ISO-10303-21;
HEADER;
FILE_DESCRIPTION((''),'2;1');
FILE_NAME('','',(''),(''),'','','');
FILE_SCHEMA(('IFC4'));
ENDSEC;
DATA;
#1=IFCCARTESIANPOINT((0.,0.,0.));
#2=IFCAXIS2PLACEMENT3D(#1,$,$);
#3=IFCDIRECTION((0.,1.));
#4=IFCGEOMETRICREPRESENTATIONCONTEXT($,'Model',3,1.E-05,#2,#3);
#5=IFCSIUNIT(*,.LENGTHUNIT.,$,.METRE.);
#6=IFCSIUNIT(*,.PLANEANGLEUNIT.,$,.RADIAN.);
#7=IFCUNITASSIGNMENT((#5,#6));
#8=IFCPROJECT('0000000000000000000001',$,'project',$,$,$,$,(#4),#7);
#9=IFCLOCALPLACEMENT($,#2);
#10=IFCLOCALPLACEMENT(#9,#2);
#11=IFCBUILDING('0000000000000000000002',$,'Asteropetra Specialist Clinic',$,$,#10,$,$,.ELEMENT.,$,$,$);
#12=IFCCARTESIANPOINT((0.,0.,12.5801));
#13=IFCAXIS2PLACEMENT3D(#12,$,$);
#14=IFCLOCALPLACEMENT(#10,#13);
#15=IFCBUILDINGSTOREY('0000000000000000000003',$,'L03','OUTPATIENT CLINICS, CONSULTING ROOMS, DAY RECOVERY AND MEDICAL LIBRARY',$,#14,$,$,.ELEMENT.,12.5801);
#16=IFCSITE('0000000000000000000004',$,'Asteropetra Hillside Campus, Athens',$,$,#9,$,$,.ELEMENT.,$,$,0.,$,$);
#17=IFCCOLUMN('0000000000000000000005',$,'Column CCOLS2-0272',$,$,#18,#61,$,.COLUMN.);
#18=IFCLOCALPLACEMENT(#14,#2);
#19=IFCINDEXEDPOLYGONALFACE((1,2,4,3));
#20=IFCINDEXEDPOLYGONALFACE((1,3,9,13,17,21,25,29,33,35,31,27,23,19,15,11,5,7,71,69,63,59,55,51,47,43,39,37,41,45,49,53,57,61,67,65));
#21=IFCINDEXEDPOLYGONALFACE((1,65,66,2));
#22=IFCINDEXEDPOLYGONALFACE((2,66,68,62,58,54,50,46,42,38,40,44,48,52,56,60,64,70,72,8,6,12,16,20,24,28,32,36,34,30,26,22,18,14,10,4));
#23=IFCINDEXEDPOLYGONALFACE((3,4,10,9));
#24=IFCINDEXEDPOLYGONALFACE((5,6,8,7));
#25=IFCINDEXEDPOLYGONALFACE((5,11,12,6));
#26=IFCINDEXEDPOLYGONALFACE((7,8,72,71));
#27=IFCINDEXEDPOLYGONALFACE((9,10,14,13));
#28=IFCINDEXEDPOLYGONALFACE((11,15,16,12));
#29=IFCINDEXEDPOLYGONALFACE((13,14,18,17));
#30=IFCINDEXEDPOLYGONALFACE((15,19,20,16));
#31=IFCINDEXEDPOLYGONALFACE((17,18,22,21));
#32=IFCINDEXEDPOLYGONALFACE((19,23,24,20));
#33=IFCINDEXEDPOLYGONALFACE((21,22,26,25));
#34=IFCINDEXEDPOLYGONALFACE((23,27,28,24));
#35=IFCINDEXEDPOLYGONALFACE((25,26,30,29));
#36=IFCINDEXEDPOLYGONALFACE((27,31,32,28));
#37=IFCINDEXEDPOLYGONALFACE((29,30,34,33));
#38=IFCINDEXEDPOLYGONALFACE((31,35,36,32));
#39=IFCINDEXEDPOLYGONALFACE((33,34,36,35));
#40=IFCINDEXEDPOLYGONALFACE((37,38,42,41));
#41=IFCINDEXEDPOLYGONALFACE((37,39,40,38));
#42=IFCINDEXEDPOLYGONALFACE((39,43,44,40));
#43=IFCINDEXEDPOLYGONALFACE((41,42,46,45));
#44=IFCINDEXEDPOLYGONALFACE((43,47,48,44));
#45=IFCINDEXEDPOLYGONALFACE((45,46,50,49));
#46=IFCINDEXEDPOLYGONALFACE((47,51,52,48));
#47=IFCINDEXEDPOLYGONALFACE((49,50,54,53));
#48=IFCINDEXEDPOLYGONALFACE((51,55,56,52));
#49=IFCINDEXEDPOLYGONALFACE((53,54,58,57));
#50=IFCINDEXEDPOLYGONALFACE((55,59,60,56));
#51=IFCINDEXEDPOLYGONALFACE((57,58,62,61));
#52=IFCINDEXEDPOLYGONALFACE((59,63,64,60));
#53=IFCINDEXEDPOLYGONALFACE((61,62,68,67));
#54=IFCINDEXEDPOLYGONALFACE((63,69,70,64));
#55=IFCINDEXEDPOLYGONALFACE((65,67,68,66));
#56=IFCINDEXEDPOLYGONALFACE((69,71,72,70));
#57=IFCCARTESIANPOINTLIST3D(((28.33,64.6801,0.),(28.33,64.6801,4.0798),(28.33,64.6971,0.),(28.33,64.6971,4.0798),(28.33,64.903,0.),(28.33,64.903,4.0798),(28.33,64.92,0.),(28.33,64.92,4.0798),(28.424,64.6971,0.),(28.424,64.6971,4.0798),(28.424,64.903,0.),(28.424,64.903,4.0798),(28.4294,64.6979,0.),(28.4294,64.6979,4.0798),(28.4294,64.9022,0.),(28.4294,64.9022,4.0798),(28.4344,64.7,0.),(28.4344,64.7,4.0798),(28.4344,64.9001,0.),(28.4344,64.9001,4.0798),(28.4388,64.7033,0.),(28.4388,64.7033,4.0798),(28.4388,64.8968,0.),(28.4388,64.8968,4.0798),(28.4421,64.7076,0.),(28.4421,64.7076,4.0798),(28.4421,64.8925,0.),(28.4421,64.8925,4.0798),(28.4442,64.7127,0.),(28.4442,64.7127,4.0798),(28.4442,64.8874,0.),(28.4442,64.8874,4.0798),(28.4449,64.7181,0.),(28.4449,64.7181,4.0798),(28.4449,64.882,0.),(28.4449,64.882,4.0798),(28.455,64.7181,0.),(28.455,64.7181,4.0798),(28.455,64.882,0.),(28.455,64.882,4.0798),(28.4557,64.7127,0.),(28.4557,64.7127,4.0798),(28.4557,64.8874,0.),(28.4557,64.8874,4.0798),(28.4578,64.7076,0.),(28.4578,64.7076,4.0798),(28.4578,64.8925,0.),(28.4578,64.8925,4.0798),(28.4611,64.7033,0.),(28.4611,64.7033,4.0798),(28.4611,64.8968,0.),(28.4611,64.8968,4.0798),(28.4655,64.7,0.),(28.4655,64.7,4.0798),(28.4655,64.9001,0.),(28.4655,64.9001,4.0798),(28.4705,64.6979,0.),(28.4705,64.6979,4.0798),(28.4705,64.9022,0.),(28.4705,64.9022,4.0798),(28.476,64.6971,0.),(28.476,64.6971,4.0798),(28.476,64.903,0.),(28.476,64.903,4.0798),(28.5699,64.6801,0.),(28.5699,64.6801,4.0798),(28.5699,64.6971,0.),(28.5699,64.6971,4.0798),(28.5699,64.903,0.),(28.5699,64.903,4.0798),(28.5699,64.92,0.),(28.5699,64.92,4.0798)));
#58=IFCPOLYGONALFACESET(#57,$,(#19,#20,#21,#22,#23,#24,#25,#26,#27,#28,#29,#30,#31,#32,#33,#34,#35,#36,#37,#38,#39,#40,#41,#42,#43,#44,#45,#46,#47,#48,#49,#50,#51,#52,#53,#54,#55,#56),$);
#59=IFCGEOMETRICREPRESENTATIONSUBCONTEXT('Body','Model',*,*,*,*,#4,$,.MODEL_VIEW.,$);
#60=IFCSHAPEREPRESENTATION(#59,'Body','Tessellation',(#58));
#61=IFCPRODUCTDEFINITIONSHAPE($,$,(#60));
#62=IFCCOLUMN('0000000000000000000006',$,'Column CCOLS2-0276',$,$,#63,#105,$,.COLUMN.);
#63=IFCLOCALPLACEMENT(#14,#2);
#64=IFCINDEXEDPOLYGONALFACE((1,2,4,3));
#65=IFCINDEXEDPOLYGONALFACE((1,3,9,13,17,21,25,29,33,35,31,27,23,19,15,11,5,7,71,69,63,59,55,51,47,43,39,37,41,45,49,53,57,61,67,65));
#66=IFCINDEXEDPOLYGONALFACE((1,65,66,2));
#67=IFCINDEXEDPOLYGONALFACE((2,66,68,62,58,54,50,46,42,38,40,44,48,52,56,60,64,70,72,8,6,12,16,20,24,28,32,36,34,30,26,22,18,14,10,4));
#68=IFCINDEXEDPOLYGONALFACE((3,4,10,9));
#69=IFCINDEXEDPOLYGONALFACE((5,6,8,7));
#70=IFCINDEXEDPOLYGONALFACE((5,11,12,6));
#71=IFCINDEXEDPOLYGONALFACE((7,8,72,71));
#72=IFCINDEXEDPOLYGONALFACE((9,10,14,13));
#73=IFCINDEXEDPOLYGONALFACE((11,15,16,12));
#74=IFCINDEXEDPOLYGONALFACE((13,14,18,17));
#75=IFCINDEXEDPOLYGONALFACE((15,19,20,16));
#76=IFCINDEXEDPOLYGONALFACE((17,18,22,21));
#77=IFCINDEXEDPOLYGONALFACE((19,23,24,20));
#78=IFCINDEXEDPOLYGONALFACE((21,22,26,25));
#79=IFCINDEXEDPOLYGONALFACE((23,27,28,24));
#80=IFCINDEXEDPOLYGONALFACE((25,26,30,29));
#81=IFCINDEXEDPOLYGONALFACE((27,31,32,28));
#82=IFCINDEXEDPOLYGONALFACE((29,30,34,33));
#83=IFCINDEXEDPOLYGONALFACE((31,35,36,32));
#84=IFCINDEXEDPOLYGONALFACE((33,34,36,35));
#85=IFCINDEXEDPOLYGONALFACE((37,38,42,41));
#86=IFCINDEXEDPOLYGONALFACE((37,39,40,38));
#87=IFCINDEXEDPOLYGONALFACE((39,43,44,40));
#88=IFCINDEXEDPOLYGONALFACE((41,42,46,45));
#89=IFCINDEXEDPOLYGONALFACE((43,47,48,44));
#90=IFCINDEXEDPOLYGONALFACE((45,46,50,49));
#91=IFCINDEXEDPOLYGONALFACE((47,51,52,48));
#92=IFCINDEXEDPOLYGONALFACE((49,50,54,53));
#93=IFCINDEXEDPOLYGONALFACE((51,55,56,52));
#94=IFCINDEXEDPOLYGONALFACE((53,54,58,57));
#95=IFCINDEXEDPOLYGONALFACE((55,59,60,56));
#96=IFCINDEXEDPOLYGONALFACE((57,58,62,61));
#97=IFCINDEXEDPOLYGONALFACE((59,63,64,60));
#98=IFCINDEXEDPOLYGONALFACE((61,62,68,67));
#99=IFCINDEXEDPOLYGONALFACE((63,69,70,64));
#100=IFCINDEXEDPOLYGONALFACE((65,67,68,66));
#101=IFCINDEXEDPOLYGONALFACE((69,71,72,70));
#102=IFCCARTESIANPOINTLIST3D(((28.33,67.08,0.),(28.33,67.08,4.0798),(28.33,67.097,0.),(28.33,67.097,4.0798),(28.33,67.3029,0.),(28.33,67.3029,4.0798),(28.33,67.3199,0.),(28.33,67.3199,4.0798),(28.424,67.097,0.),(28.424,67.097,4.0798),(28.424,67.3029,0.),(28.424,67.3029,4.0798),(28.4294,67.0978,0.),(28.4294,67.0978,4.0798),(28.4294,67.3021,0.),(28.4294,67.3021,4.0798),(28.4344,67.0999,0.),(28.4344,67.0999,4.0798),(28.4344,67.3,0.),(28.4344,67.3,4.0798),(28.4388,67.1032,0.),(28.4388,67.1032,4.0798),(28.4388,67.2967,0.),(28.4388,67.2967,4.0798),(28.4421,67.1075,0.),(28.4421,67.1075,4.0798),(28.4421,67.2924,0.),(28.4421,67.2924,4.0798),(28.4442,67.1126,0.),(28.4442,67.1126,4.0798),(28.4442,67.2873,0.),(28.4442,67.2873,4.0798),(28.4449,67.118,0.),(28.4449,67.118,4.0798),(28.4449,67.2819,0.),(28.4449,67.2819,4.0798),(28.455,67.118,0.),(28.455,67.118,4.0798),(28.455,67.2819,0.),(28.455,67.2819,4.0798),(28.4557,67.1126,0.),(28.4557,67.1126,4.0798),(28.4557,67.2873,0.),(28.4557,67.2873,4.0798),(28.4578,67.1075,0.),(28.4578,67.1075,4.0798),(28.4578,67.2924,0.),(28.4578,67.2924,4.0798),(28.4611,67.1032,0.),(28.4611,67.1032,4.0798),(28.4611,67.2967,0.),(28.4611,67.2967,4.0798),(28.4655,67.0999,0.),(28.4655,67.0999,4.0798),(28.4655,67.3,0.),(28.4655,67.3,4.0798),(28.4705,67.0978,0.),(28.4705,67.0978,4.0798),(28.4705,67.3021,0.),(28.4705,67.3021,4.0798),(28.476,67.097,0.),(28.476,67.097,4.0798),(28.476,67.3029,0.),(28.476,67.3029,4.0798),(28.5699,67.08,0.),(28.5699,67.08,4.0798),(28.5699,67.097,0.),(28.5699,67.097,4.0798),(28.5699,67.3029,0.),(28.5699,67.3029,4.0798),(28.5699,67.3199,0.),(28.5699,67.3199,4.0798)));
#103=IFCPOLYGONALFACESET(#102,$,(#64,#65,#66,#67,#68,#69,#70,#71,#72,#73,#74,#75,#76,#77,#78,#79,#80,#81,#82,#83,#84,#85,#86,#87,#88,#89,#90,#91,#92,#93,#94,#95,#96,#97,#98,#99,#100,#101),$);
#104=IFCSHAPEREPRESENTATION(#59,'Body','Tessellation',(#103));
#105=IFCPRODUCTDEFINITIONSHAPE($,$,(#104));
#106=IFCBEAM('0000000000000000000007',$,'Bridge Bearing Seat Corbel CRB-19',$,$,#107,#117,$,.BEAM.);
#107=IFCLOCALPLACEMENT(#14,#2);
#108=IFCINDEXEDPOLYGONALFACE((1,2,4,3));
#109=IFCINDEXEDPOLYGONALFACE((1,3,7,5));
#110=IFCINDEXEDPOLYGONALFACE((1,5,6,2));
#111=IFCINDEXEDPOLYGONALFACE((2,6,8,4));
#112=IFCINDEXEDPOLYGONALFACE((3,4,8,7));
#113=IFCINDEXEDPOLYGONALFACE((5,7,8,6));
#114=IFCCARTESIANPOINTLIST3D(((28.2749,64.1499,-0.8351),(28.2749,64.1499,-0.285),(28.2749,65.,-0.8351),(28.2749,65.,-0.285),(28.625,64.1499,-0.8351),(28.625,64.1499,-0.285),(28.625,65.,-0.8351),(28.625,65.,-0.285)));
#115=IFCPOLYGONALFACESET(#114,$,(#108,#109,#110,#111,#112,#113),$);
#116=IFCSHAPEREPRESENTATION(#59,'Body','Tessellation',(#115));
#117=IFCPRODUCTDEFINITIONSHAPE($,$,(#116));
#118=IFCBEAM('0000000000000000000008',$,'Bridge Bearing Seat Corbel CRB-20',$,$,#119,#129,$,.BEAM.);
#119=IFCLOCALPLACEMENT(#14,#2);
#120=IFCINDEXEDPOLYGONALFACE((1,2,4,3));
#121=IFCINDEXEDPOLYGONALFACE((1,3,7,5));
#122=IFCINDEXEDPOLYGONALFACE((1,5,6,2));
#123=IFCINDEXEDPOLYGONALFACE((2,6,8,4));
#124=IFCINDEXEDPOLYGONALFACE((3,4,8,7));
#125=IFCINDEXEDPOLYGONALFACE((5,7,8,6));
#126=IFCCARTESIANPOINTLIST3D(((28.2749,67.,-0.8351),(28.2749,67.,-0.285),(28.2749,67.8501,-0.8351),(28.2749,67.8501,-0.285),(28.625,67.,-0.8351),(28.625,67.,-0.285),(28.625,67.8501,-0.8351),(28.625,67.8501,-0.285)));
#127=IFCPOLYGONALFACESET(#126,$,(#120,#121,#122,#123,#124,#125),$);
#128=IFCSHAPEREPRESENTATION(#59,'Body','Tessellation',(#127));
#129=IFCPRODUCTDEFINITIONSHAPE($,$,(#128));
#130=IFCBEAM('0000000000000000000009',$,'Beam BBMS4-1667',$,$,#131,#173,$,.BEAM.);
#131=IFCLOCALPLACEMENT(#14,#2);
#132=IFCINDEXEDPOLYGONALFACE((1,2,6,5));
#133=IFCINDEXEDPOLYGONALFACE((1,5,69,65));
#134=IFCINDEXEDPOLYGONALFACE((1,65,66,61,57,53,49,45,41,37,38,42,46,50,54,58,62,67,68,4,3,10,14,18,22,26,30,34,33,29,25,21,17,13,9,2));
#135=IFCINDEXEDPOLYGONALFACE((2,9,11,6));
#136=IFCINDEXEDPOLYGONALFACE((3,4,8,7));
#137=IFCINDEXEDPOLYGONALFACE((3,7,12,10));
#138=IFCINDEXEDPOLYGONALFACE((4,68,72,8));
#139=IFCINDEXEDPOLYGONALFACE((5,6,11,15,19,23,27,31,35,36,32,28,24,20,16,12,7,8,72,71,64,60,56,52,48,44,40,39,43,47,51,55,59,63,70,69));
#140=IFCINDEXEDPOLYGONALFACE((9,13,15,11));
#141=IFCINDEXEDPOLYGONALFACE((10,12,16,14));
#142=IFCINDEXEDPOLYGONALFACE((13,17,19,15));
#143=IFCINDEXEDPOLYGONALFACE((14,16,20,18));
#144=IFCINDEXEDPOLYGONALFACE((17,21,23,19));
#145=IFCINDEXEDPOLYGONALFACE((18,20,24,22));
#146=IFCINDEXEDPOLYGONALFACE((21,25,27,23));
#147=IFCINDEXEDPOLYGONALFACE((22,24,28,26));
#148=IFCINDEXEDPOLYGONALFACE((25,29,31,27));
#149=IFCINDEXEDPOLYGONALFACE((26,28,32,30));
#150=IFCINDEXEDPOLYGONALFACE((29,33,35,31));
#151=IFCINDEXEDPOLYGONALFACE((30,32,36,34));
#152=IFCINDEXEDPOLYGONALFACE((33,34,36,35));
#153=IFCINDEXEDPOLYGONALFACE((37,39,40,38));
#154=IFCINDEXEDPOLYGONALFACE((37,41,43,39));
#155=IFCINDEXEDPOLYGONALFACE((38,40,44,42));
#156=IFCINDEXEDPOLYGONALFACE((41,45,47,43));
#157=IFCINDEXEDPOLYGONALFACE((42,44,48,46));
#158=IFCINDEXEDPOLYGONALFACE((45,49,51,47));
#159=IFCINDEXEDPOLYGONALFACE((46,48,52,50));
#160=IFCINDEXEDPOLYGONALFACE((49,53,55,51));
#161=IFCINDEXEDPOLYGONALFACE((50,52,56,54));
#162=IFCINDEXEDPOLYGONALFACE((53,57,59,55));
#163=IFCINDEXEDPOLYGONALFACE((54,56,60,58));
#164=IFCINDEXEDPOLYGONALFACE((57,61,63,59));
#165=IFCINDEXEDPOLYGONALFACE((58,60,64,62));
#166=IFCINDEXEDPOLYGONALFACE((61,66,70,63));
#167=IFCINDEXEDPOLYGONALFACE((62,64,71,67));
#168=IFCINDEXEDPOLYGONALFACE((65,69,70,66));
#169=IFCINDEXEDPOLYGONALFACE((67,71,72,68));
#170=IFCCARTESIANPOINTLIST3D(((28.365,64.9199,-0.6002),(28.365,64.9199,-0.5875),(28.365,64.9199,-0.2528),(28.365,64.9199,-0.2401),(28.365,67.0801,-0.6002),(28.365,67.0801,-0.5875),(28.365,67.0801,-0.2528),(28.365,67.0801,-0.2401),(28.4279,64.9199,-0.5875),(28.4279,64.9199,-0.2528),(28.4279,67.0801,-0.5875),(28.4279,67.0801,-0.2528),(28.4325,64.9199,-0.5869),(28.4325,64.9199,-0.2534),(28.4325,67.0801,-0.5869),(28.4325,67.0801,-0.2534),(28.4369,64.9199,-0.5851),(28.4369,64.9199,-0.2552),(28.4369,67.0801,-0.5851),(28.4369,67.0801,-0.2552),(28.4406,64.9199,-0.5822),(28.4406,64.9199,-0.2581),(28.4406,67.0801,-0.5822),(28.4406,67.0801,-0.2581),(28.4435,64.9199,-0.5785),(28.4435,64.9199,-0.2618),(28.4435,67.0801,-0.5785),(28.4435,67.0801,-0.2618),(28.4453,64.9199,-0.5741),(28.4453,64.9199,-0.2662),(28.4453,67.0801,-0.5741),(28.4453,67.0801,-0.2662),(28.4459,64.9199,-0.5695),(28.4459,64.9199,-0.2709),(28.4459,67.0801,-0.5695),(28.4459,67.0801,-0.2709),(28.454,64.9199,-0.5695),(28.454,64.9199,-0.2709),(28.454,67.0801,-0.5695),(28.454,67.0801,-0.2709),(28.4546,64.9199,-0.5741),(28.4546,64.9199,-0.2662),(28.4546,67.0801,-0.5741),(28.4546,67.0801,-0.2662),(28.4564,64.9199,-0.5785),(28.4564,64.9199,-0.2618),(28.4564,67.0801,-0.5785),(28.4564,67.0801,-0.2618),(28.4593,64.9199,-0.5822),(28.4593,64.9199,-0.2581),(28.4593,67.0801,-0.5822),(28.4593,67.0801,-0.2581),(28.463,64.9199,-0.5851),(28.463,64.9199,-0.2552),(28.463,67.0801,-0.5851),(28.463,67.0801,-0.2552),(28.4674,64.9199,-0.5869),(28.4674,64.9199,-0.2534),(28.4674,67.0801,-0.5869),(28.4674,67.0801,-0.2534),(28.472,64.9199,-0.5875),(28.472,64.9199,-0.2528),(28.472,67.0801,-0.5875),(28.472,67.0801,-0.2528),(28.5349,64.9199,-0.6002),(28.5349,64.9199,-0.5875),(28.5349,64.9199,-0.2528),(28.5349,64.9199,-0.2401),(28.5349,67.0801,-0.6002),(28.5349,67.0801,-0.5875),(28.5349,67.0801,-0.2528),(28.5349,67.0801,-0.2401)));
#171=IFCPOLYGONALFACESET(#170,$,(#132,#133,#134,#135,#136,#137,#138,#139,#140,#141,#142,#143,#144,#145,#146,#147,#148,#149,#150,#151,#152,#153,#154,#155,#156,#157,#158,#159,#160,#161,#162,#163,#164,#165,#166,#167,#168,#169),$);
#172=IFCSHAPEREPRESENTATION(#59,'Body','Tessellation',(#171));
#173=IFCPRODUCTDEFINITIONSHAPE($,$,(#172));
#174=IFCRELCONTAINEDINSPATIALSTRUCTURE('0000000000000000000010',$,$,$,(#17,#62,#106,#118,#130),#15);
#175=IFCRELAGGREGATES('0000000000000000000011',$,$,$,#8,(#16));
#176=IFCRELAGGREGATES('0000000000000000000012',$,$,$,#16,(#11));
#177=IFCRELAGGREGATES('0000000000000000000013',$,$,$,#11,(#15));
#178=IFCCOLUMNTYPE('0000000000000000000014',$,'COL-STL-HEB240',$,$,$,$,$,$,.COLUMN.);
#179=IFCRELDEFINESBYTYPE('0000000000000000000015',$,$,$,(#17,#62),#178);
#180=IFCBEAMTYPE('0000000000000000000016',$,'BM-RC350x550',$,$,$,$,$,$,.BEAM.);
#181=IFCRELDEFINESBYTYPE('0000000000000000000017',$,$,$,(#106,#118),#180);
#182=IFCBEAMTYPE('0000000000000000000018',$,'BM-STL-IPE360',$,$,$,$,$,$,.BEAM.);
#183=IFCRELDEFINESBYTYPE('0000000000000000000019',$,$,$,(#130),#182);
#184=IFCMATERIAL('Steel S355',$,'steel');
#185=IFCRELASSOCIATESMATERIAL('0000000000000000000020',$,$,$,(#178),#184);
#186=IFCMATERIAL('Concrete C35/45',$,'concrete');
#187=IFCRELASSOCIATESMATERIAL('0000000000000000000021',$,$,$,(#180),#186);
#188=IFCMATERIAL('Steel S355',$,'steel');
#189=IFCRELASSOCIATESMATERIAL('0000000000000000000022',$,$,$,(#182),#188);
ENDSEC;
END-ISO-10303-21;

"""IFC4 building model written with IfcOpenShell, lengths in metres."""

from ifc_helpers import new_model, si_unit, direction, frame, origin, origin_2d, place, context, subcontext, project, spatial, rectangle, i_section, extrude, material, material_profile, profile_set, type_object, element, save


model = new_model("IFC4")

# Units and contexts
model_context = context("Model", 3, precision=1e-05, world=origin(), true_north=direction((0.0, 1.0)))
body_context = subcontext(model_context, "Body", "Model", "MODEL_VIEW")
ifc_project = project(units=[si_unit("LENGTHUNIT", "METRE"), si_unit("PLANEANGLEUNIT", "RADIAN")], contexts=[model_context])

# Site, building, storey
site_placement = place(None, origin())
site = spatial("IfcSite", under=ifc_project, at=site_placement, Name="Asteropetra Hillside Campus, Athens", CompositionType="ELEMENT", RefElevation=0.0)
building_placement = place(site_placement, origin())
building = spatial("IfcBuilding", under=site, at=building_placement, Name="Asteropetra Specialist Clinic", CompositionType="ELEMENT")
storey_placement = place(building_placement, frame((0.0, 0.0, 12.5801)))
storey = spatial("IfcBuildingStorey", under=building, at=storey_placement, Name="L03", Description="OUTPATIENT CLINICS, CONSULTING ROOMS, DAY RECOVERY AND MEDICAL LIBRARY", CompositionType="ELEMENT", Elevation=12.5801)

# Columns
ifc_material_1 = material(Name="Steel S355", Category="steel")
ifc_material_profile_1 = material_profile(ifc_material_1, i_section(OverallWidth=0.24, OverallDepth=0.24, WebThickness=0.01, FlangeThickness=0.0171, FilletRadius=0.021, at=origin_2d()), Name="HEB 240")
ifc_profile_set_1 = profile_set([ifc_material_profile_1], Name="Steel S355")
column_type = type_object("IfcColumnType", Name="COL-STL-HEB240", PredefinedType="COLUMN", material=ifc_profile_set_1)
for number, where, z_axis, x_axis, name in (
    (1, (28.45, 64.8, 0.0), (0.0, 0.0, 1.0), (1.0, 0.0, 0.0), "Column CCOLS2-0272"),
    (2, (28.45, 67.2, 0.0), (0.0, 0.0, 1.0), (1.0, 0.0, 0.0), "Column CCOLS2-0276"),
):
    element("IfcColumn", number, at=place(storey_placement, frame(where, z_axis=z_axis, x_axis=x_axis)), inside=storey, type_object=column_type, Name=name, PredefinedType="COLUMN", context=body_context, shape_type="SweptSolid", body=[
        extrude(i_section(OverallWidth=0.24, OverallDepth=0.24, WebThickness=0.01, FlangeThickness=0.0171, FilletRadius=0.021, at=origin_2d()), origin(), (0.0, 0.0, 1.0), 4.0798),
    ])

# Beams
ifc_material_2 = material(Name="Concrete C35/45", Category="concrete")
ifc_material_profile_2 = material_profile(ifc_material_2, rectangle(XDim=0.3501, YDim=0.55, at=origin_2d()), Name="RCB 350x550")
ifc_profile_set_2 = profile_set([ifc_material_profile_2], Name="Concrete C35/45")
beam_type_1 = type_object("IfcBeamType", Name="BM-RC350x550", PredefinedType="BEAM", material=ifc_profile_set_2)
for number, where, z_axis, x_axis, name in (
    (3, (28.45, 65.0, -0.5601), (0.0, -1.0, 0.0), (1.0, 0.0, 0.0), "Bridge Bearing Seat Corbel CRB-19"),
    (4, (28.45, 67.0, -0.5601), (0.0, 1.0, 0.0), (-1.0, 0.0, 0.0), "Bridge Bearing Seat Corbel CRB-20"),
):
    element("IfcBeam", number, at=place(storey_placement, frame(where, z_axis=z_axis, x_axis=x_axis)), inside=storey, type_object=beam_type_1, Name=name, PredefinedType="BEAM", context=body_context, shape_type="SweptSolid", body=[
        extrude(rectangle(XDim=0.3501, YDim=0.55, at=origin_2d()), origin(), (0.0, 0.0, 1.0), 0.8501),
    ])
ifc_material_3 = material(Name="Steel S355", Category="steel")
ifc_material_profile_3 = material_profile(ifc_material_3, i_section(OverallWidth=0.1699, OverallDepth=0.3601, WebThickness=0.0081, FlangeThickness=0.0127, FilletRadius=0.0181, at=origin_2d()), Name="IPE 360")
ifc_profile_set_3 = profile_set([ifc_material_profile_3], Name="Steel S355")
beam_type_2 = type_object("IfcBeamType", Name="BM-STL-IPE360", PredefinedType="BEAM", material=ifc_profile_set_3)
beam_1_placement = place(storey_placement, frame((28.45, 64.9199, -0.4202), z_axis=(0.0, 1.0, 0.0), x_axis=(-1.0, 0.0, 0.0)))
element("IfcBeam", 5, at=beam_1_placement, inside=storey, type_object=beam_type_2, Name="Beam BBMS4-1667", PredefinedType="BEAM", context=body_context, shape_type="SweptSolid", body=[
    extrude(i_section(OverallWidth=0.1699, OverallDepth=0.3601, WebThickness=0.0081, FlangeThickness=0.0127, FilletRadius=0.0181, at=origin_2d()), origin(), (0.0, 0.0, 1.0), 2.1602),
])

save(model, "model.ifc")
